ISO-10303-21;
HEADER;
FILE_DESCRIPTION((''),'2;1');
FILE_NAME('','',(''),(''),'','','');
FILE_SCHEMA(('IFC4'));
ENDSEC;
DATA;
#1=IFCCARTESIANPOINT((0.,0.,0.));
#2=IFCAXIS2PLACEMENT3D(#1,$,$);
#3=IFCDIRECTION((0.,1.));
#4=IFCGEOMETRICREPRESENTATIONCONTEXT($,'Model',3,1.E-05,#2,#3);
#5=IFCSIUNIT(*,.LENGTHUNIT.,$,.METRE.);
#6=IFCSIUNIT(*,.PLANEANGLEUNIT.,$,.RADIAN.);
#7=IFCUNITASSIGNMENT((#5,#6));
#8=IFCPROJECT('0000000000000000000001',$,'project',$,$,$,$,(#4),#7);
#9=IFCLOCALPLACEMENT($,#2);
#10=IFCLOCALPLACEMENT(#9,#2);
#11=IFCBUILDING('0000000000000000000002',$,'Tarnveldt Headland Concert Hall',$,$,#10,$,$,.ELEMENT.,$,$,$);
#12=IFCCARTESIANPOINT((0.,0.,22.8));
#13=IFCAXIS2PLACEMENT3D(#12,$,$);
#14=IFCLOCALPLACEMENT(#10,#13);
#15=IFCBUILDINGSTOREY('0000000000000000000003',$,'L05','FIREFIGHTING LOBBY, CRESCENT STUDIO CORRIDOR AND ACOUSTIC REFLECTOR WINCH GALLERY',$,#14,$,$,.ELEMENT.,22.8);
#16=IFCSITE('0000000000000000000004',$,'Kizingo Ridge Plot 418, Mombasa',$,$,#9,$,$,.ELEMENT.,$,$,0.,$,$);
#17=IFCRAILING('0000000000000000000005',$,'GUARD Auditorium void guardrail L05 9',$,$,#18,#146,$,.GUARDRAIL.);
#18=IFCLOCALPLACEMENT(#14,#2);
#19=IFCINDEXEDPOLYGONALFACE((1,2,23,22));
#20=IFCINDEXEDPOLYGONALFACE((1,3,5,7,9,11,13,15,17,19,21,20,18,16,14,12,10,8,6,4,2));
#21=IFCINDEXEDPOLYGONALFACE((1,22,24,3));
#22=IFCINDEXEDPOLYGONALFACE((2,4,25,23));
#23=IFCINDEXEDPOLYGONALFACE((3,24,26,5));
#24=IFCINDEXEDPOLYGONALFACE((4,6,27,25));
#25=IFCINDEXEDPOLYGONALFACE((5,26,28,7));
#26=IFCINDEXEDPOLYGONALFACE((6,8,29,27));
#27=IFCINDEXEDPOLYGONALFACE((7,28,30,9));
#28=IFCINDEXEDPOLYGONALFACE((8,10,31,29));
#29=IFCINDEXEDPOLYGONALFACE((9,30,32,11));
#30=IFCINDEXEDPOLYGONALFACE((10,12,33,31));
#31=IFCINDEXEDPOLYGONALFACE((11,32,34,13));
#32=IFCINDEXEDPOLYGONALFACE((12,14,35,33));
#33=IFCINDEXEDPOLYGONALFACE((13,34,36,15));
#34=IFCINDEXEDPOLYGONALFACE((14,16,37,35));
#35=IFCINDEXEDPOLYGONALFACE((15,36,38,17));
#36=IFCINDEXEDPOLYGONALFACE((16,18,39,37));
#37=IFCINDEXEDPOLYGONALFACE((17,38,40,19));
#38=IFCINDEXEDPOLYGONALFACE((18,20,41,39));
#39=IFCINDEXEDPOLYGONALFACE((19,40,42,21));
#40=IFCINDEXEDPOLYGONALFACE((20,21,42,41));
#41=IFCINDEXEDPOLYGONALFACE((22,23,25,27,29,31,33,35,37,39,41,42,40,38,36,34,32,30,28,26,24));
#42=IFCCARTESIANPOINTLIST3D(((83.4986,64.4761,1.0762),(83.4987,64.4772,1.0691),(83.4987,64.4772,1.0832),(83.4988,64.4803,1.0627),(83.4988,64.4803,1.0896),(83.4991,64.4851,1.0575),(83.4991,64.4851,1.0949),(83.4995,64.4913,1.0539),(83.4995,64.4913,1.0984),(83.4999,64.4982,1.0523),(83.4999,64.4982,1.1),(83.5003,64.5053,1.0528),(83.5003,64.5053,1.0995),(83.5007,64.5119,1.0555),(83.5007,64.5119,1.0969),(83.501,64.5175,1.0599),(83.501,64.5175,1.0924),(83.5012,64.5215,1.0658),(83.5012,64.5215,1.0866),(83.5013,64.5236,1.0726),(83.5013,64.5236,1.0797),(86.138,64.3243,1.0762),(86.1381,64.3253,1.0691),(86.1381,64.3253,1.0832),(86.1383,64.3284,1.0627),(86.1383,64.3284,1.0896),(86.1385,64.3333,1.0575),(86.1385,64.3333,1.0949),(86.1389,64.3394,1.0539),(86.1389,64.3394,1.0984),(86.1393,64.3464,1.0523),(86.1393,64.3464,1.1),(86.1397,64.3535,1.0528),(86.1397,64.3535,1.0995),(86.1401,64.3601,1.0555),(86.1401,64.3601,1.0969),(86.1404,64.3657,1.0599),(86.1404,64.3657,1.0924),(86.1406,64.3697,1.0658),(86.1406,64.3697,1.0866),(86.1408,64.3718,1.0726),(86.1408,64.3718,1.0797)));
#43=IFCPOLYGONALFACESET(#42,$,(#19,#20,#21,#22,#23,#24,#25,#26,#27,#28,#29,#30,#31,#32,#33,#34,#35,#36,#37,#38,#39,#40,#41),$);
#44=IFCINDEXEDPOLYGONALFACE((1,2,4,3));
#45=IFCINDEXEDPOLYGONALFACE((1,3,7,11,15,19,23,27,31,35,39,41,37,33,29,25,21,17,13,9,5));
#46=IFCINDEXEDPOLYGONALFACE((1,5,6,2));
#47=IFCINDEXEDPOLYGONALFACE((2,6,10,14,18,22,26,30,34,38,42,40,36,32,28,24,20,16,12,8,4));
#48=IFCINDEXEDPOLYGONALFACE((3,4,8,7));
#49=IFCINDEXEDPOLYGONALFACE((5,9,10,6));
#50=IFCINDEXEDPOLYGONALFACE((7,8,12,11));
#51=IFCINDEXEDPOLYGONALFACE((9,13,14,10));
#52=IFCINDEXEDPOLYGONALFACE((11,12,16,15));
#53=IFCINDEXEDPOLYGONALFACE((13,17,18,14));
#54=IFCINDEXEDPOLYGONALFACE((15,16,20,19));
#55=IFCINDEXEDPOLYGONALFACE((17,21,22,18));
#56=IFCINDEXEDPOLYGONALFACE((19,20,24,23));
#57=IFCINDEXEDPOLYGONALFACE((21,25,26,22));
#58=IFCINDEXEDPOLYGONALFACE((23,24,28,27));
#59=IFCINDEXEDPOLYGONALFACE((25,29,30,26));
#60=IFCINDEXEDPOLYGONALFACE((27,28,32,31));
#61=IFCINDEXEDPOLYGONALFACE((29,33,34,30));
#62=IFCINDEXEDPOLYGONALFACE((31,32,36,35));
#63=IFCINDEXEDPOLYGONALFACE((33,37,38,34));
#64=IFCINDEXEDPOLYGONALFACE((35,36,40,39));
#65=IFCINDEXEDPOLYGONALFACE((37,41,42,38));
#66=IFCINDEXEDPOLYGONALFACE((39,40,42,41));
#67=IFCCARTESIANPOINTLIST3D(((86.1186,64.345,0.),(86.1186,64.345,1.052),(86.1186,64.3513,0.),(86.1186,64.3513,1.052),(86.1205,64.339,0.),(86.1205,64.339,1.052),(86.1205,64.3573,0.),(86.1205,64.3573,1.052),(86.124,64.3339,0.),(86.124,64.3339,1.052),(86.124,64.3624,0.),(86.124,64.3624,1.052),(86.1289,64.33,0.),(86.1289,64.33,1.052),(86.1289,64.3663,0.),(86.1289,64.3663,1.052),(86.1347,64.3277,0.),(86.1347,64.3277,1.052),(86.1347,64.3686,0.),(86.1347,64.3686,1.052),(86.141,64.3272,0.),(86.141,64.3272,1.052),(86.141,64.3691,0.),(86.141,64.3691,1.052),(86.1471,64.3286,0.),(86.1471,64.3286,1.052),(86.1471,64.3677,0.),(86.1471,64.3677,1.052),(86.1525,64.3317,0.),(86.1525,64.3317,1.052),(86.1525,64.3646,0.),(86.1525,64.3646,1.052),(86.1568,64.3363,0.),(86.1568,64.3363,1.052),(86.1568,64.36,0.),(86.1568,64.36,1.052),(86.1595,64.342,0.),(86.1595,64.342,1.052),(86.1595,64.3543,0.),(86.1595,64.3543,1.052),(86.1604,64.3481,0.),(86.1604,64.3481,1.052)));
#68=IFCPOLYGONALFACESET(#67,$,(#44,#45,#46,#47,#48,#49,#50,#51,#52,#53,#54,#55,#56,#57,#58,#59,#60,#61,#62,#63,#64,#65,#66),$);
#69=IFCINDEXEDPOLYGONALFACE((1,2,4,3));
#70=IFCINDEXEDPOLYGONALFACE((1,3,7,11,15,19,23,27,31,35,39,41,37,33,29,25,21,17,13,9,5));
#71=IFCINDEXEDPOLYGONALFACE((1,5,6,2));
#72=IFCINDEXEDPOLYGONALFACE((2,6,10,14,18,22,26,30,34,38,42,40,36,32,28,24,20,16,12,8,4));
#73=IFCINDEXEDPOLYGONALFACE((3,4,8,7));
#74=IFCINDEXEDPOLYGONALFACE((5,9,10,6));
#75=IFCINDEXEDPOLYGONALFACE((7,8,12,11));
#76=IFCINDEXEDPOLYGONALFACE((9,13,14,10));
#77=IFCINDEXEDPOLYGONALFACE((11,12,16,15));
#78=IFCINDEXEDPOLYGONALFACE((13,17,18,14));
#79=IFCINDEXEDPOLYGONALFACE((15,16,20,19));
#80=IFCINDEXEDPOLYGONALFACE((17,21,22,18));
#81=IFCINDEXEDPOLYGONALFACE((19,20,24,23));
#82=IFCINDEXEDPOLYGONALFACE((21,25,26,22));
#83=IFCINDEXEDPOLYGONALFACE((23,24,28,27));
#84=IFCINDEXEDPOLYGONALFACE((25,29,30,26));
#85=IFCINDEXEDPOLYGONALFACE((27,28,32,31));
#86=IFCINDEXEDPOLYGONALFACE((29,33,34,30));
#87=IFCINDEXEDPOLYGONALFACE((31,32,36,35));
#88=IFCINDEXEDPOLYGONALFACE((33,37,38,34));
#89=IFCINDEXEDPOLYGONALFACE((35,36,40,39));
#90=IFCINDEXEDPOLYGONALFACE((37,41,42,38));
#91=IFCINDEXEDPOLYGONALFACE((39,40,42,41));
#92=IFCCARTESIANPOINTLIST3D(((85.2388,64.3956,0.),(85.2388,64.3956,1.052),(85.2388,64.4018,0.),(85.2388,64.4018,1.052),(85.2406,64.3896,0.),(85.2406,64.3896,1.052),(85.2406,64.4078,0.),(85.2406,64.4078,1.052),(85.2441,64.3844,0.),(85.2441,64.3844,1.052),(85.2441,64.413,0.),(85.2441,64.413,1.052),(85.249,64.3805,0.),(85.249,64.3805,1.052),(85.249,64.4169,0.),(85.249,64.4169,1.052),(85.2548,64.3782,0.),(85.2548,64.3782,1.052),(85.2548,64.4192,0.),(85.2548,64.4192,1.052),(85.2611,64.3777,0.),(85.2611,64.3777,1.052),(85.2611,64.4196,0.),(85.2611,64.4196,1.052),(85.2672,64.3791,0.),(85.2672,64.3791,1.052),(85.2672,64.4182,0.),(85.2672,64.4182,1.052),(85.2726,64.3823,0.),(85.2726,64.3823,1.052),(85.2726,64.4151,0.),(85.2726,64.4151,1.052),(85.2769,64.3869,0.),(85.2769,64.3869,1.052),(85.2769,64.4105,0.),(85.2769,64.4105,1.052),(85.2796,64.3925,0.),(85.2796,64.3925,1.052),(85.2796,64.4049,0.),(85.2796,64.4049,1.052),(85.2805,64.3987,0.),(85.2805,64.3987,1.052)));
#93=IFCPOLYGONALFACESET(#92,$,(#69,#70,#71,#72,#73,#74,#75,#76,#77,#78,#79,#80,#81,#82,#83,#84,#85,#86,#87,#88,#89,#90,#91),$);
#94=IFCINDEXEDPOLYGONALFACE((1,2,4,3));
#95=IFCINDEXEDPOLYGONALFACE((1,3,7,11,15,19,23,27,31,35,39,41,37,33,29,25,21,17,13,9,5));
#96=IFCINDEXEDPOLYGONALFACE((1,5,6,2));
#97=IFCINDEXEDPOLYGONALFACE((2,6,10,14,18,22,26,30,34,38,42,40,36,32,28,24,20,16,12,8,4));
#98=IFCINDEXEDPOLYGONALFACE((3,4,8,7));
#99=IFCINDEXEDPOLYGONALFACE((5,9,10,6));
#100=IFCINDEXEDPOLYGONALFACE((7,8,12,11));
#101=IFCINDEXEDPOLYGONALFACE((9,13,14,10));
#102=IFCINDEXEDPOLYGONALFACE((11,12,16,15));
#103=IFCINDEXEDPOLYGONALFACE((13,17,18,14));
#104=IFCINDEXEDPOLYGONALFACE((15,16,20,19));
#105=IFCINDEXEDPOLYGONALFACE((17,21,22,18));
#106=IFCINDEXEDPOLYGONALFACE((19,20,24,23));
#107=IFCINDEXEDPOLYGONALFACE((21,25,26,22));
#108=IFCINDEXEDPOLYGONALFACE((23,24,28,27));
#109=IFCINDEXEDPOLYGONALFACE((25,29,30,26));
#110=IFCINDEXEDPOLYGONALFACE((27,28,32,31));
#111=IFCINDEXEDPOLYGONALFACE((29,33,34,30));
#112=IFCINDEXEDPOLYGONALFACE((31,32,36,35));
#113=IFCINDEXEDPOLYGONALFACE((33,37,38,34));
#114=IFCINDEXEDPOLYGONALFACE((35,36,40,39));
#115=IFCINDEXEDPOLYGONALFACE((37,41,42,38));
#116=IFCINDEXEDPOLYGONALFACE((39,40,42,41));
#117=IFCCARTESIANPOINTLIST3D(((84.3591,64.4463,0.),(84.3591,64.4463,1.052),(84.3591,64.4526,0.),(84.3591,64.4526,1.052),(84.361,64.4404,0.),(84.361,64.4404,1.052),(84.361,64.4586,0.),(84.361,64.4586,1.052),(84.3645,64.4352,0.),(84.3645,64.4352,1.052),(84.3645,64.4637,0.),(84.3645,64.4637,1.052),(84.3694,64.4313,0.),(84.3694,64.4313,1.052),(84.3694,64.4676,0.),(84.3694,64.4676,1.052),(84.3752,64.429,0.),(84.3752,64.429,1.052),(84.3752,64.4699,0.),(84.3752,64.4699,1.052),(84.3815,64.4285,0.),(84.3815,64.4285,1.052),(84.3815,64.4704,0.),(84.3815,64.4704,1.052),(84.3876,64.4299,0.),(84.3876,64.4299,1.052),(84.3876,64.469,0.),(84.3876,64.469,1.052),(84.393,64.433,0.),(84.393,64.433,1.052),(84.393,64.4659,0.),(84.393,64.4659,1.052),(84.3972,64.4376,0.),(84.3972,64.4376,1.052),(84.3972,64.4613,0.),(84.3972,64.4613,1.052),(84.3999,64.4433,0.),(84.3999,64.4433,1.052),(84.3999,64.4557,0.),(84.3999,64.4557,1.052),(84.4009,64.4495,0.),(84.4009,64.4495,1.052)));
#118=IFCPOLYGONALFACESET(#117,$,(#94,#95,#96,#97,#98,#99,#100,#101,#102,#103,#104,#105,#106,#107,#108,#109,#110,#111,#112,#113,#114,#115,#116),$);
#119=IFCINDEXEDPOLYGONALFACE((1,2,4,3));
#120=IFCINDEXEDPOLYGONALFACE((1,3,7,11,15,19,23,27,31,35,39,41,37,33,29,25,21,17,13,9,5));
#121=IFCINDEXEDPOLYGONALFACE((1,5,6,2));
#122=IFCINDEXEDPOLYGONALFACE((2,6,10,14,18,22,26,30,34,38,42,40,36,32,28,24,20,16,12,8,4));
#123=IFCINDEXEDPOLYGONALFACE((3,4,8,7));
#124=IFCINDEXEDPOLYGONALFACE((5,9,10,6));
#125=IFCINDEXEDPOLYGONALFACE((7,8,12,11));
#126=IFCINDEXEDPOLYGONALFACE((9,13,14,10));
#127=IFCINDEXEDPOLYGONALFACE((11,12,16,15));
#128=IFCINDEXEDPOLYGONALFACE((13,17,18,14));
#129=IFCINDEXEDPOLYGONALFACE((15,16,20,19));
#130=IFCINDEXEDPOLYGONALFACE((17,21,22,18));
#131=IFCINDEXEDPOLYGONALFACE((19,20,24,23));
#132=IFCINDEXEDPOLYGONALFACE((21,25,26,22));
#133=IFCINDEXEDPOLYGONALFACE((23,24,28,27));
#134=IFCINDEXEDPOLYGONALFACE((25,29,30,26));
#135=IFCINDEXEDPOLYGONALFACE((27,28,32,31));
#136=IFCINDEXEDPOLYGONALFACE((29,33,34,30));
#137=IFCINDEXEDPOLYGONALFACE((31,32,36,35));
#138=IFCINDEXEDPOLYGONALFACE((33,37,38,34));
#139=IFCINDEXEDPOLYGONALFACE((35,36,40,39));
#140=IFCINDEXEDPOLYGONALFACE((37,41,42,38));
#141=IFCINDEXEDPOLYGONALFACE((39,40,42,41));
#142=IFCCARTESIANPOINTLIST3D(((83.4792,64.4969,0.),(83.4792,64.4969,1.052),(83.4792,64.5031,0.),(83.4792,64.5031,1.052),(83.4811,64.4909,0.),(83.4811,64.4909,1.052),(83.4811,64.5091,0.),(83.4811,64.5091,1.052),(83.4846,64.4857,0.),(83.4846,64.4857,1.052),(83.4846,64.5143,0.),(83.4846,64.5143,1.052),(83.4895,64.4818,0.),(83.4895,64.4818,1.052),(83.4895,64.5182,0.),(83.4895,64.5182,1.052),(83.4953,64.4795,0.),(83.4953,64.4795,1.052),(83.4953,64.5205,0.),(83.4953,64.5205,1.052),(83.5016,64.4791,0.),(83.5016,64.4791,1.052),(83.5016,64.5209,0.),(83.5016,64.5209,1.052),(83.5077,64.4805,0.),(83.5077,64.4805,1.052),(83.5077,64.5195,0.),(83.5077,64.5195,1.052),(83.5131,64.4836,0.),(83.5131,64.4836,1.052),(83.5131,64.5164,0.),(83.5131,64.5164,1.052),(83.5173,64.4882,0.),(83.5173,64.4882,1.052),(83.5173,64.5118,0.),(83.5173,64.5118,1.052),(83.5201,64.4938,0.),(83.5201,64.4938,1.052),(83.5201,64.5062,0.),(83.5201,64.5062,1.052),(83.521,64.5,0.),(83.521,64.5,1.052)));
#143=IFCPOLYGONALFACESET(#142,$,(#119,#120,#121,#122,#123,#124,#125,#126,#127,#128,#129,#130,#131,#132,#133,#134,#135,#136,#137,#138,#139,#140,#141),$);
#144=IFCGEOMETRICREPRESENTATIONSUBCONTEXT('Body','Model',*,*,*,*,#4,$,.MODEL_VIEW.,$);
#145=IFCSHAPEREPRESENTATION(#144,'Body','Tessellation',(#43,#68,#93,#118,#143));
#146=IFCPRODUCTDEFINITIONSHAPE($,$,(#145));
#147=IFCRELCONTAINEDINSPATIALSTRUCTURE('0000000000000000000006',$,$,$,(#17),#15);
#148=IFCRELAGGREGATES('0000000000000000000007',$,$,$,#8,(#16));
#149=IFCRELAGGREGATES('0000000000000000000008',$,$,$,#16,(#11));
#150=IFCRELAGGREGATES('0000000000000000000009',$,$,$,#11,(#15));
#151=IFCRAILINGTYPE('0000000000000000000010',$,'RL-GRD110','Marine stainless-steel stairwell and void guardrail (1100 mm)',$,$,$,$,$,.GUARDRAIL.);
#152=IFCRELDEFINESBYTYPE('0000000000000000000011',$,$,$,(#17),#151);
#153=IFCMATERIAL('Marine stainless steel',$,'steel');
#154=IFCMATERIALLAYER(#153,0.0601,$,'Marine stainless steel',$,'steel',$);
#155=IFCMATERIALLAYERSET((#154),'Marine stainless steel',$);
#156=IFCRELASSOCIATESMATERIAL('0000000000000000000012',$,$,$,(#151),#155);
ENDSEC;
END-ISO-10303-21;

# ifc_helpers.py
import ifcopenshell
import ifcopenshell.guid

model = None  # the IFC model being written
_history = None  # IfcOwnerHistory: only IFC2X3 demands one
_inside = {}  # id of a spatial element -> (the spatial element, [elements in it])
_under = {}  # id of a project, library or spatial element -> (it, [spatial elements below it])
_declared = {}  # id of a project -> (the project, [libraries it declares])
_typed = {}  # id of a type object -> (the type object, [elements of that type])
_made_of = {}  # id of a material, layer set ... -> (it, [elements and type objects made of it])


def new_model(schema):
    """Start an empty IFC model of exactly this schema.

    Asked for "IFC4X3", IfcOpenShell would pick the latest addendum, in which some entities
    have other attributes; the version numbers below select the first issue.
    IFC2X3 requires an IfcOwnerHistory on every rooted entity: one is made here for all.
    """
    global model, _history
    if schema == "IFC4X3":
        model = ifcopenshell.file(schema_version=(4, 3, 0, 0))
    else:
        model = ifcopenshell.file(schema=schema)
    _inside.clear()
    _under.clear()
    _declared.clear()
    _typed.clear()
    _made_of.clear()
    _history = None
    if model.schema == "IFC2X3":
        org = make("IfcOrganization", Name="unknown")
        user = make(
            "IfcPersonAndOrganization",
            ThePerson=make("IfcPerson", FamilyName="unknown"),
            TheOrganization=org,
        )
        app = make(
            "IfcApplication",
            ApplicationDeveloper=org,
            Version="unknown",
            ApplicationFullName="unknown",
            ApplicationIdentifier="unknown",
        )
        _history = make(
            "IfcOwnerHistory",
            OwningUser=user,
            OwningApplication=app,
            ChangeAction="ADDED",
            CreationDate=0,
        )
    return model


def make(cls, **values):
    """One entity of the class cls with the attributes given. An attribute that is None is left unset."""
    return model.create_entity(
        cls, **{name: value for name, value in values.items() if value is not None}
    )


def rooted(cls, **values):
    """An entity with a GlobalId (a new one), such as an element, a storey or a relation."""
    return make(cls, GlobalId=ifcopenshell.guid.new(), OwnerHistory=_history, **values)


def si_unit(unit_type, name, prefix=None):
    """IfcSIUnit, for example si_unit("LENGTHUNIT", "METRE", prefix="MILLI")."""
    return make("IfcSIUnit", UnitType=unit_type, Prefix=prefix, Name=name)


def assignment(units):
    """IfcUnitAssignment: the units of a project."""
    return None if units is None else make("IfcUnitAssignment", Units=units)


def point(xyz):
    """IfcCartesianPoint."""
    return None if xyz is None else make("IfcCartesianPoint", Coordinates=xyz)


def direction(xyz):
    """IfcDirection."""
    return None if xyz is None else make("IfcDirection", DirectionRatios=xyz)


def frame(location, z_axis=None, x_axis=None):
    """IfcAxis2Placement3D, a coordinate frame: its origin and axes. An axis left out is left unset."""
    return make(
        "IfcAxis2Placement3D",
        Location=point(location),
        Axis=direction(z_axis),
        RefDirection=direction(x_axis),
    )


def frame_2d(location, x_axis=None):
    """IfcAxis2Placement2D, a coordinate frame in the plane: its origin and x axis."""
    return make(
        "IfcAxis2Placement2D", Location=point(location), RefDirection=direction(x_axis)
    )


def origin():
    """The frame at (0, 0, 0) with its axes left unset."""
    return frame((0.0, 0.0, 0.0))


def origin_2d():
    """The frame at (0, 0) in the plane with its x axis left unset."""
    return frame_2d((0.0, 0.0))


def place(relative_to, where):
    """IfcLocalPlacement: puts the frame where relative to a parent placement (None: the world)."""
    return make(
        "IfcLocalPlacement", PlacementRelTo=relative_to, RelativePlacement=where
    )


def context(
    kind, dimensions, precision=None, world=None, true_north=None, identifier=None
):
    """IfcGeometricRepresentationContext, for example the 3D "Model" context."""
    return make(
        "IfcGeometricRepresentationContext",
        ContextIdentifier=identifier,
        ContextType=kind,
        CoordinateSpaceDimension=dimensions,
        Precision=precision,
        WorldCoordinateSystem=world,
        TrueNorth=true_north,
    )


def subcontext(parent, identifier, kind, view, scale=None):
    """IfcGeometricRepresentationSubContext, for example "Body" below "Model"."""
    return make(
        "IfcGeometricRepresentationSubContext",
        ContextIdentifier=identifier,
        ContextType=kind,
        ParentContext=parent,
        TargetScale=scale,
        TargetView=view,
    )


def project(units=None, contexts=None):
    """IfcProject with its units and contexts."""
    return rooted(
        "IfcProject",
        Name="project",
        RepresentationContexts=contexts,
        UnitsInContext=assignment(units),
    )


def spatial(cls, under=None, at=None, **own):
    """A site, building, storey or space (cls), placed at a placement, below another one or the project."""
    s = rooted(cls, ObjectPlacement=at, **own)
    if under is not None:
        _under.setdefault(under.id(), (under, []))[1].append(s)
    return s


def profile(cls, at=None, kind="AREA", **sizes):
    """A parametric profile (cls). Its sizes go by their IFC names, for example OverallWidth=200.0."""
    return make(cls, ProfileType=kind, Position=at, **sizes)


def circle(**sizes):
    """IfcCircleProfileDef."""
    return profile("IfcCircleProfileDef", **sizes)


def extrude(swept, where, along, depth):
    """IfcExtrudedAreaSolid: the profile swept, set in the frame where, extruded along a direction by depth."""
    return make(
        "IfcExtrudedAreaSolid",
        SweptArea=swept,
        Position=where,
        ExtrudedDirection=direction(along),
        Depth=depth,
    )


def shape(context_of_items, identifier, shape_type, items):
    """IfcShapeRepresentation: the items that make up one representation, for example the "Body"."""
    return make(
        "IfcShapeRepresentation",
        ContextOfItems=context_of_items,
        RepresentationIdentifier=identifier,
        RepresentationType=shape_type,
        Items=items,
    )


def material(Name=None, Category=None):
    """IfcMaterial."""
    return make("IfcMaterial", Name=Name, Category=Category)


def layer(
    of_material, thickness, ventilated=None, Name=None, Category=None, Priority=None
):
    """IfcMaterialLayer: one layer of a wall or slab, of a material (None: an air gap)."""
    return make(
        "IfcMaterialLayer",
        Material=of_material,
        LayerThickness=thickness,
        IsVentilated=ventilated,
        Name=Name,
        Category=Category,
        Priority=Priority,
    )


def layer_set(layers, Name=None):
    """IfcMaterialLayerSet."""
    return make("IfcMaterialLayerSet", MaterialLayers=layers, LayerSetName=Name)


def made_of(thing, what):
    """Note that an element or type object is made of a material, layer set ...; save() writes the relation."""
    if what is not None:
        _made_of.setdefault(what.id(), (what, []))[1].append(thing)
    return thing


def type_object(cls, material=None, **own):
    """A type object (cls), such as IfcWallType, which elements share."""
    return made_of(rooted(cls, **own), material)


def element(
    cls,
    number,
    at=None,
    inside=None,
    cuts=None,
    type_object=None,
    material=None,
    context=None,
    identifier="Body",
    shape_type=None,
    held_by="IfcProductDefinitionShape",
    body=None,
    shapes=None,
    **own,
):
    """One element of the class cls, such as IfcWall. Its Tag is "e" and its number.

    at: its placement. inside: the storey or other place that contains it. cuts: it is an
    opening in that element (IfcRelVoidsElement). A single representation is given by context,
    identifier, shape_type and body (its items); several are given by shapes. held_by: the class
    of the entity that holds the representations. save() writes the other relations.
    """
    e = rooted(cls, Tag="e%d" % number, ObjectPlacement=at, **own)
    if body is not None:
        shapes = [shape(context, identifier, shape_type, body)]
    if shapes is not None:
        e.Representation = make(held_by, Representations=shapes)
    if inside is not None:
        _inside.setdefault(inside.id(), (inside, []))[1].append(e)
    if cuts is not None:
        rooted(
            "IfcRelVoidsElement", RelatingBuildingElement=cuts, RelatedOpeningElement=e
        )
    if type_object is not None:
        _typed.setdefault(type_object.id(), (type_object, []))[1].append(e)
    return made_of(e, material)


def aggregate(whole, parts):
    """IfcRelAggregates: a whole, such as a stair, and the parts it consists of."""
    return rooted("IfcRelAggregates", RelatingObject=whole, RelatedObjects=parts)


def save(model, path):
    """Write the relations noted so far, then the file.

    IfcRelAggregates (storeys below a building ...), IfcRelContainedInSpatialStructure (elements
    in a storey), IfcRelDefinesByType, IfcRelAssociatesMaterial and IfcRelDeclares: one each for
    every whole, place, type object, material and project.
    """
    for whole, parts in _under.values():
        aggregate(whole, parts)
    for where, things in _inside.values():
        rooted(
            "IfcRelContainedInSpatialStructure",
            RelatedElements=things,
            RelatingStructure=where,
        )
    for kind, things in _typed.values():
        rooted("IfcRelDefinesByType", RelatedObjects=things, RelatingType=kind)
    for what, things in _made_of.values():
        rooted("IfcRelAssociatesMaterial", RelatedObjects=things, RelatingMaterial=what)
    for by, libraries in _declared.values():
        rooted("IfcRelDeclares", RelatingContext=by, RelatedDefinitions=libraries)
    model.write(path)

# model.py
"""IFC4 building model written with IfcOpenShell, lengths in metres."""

from ifc_helpers import new_model, si_unit, direction, frame, origin, origin_2d, place, context, subcontext, project, spatial, circle, extrude, material, layer, layer_set, type_object, element, save


model = new_model("IFC4")

# Units and contexts
model_context = context("Model", 3, precision=1e-05, world=origin(), true_north=direction((0.0, 1.0)))
body_context = subcontext(model_context, "Body", "Model", "MODEL_VIEW")
ifc_project = project(units=[si_unit("LENGTHUNIT", "METRE"), si_unit("PLANEANGLEUNIT", "RADIAN")], contexts=[model_context])

# Site, building, storey
site_placement = place(None, origin())
site = spatial("IfcSite", under=ifc_project, at=site_placement, Name="Kizingo Ridge Plot 418, Mombasa", CompositionType="ELEMENT", RefElevation=0.0)
building_placement = place(site_placement, origin())
building = spatial("IfcBuilding", under=site, at=building_placement, Name="Tarnveldt Headland Concert Hall", CompositionType="ELEMENT")
storey_placement = place(building_placement, frame((0.0, 0.0, 22.8)))
storey = spatial("IfcBuildingStorey", under=building, at=storey_placement, Name="L05", Description="FIREFIGHTING LOBBY, CRESCENT STUDIO CORRIDOR AND ACOUSTIC REFLECTOR WINCH GALLERY", CompositionType="ELEMENT", Elevation=22.8)

# Railing
ifc_material_1 = material(Name="Marine stainless steel", Category="steel")
ifc_layer_1 = layer(ifc_material_1, 0.0601, Name="Marine stainless steel", Category="steel")
ifc_layer_set_1 = layer_set([ifc_layer_1], Name="Marine stainless steel")
railing_type = type_object("IfcRailingType", Name="RL-GRD110", Description="Marine stainless-steel stairwell and void guardrail (1100 mm)", PredefinedType="GUARDRAIL", material=ifc_layer_set_1)
railing_1_placement = place(storey_placement, frame((86.1394, 64.3481, 0.0)))
element("IfcRailing", 1, at=railing_1_placement, inside=storey, type_object=railing_type, Name="GUARD Auditorium void guardrail L05 9", PredefinedType="GUARDRAIL", context=body_context, shape_type="SweptSolid", body=[
    extrude(circle(Radius=0.0239, at=origin_2d()), frame((0.0, 0.0, 1.0762), z_axis=(-0.998349, 0.057439, 0.0), x_axis=(-0.057439, -0.998349, 0.0)), (0.0, 0.0, 1.0), 2.6438),
    extrude(circle(Radius=0.021, at=origin_2d()), origin(), (0.0, 0.0, 1.0), 1.052),
    extrude(circle(Radius=0.021, at=origin_2d()), frame((-0.8799, 0.0505, 0.0)), (0.0, 0.0, 1.0), 1.052),
    extrude(circle(Radius=0.021, at=origin_2d()), frame((-1.7595, 0.1013, 0.0)), (0.0, 0.0, 1.0), 1.052),
    extrude(circle(Radius=0.021, at=origin_2d()), frame((-2.6394, 0.1519, 0.0)), (0.0, 0.0, 1.0), 1.052),
])

save(model, "model.ifc")
